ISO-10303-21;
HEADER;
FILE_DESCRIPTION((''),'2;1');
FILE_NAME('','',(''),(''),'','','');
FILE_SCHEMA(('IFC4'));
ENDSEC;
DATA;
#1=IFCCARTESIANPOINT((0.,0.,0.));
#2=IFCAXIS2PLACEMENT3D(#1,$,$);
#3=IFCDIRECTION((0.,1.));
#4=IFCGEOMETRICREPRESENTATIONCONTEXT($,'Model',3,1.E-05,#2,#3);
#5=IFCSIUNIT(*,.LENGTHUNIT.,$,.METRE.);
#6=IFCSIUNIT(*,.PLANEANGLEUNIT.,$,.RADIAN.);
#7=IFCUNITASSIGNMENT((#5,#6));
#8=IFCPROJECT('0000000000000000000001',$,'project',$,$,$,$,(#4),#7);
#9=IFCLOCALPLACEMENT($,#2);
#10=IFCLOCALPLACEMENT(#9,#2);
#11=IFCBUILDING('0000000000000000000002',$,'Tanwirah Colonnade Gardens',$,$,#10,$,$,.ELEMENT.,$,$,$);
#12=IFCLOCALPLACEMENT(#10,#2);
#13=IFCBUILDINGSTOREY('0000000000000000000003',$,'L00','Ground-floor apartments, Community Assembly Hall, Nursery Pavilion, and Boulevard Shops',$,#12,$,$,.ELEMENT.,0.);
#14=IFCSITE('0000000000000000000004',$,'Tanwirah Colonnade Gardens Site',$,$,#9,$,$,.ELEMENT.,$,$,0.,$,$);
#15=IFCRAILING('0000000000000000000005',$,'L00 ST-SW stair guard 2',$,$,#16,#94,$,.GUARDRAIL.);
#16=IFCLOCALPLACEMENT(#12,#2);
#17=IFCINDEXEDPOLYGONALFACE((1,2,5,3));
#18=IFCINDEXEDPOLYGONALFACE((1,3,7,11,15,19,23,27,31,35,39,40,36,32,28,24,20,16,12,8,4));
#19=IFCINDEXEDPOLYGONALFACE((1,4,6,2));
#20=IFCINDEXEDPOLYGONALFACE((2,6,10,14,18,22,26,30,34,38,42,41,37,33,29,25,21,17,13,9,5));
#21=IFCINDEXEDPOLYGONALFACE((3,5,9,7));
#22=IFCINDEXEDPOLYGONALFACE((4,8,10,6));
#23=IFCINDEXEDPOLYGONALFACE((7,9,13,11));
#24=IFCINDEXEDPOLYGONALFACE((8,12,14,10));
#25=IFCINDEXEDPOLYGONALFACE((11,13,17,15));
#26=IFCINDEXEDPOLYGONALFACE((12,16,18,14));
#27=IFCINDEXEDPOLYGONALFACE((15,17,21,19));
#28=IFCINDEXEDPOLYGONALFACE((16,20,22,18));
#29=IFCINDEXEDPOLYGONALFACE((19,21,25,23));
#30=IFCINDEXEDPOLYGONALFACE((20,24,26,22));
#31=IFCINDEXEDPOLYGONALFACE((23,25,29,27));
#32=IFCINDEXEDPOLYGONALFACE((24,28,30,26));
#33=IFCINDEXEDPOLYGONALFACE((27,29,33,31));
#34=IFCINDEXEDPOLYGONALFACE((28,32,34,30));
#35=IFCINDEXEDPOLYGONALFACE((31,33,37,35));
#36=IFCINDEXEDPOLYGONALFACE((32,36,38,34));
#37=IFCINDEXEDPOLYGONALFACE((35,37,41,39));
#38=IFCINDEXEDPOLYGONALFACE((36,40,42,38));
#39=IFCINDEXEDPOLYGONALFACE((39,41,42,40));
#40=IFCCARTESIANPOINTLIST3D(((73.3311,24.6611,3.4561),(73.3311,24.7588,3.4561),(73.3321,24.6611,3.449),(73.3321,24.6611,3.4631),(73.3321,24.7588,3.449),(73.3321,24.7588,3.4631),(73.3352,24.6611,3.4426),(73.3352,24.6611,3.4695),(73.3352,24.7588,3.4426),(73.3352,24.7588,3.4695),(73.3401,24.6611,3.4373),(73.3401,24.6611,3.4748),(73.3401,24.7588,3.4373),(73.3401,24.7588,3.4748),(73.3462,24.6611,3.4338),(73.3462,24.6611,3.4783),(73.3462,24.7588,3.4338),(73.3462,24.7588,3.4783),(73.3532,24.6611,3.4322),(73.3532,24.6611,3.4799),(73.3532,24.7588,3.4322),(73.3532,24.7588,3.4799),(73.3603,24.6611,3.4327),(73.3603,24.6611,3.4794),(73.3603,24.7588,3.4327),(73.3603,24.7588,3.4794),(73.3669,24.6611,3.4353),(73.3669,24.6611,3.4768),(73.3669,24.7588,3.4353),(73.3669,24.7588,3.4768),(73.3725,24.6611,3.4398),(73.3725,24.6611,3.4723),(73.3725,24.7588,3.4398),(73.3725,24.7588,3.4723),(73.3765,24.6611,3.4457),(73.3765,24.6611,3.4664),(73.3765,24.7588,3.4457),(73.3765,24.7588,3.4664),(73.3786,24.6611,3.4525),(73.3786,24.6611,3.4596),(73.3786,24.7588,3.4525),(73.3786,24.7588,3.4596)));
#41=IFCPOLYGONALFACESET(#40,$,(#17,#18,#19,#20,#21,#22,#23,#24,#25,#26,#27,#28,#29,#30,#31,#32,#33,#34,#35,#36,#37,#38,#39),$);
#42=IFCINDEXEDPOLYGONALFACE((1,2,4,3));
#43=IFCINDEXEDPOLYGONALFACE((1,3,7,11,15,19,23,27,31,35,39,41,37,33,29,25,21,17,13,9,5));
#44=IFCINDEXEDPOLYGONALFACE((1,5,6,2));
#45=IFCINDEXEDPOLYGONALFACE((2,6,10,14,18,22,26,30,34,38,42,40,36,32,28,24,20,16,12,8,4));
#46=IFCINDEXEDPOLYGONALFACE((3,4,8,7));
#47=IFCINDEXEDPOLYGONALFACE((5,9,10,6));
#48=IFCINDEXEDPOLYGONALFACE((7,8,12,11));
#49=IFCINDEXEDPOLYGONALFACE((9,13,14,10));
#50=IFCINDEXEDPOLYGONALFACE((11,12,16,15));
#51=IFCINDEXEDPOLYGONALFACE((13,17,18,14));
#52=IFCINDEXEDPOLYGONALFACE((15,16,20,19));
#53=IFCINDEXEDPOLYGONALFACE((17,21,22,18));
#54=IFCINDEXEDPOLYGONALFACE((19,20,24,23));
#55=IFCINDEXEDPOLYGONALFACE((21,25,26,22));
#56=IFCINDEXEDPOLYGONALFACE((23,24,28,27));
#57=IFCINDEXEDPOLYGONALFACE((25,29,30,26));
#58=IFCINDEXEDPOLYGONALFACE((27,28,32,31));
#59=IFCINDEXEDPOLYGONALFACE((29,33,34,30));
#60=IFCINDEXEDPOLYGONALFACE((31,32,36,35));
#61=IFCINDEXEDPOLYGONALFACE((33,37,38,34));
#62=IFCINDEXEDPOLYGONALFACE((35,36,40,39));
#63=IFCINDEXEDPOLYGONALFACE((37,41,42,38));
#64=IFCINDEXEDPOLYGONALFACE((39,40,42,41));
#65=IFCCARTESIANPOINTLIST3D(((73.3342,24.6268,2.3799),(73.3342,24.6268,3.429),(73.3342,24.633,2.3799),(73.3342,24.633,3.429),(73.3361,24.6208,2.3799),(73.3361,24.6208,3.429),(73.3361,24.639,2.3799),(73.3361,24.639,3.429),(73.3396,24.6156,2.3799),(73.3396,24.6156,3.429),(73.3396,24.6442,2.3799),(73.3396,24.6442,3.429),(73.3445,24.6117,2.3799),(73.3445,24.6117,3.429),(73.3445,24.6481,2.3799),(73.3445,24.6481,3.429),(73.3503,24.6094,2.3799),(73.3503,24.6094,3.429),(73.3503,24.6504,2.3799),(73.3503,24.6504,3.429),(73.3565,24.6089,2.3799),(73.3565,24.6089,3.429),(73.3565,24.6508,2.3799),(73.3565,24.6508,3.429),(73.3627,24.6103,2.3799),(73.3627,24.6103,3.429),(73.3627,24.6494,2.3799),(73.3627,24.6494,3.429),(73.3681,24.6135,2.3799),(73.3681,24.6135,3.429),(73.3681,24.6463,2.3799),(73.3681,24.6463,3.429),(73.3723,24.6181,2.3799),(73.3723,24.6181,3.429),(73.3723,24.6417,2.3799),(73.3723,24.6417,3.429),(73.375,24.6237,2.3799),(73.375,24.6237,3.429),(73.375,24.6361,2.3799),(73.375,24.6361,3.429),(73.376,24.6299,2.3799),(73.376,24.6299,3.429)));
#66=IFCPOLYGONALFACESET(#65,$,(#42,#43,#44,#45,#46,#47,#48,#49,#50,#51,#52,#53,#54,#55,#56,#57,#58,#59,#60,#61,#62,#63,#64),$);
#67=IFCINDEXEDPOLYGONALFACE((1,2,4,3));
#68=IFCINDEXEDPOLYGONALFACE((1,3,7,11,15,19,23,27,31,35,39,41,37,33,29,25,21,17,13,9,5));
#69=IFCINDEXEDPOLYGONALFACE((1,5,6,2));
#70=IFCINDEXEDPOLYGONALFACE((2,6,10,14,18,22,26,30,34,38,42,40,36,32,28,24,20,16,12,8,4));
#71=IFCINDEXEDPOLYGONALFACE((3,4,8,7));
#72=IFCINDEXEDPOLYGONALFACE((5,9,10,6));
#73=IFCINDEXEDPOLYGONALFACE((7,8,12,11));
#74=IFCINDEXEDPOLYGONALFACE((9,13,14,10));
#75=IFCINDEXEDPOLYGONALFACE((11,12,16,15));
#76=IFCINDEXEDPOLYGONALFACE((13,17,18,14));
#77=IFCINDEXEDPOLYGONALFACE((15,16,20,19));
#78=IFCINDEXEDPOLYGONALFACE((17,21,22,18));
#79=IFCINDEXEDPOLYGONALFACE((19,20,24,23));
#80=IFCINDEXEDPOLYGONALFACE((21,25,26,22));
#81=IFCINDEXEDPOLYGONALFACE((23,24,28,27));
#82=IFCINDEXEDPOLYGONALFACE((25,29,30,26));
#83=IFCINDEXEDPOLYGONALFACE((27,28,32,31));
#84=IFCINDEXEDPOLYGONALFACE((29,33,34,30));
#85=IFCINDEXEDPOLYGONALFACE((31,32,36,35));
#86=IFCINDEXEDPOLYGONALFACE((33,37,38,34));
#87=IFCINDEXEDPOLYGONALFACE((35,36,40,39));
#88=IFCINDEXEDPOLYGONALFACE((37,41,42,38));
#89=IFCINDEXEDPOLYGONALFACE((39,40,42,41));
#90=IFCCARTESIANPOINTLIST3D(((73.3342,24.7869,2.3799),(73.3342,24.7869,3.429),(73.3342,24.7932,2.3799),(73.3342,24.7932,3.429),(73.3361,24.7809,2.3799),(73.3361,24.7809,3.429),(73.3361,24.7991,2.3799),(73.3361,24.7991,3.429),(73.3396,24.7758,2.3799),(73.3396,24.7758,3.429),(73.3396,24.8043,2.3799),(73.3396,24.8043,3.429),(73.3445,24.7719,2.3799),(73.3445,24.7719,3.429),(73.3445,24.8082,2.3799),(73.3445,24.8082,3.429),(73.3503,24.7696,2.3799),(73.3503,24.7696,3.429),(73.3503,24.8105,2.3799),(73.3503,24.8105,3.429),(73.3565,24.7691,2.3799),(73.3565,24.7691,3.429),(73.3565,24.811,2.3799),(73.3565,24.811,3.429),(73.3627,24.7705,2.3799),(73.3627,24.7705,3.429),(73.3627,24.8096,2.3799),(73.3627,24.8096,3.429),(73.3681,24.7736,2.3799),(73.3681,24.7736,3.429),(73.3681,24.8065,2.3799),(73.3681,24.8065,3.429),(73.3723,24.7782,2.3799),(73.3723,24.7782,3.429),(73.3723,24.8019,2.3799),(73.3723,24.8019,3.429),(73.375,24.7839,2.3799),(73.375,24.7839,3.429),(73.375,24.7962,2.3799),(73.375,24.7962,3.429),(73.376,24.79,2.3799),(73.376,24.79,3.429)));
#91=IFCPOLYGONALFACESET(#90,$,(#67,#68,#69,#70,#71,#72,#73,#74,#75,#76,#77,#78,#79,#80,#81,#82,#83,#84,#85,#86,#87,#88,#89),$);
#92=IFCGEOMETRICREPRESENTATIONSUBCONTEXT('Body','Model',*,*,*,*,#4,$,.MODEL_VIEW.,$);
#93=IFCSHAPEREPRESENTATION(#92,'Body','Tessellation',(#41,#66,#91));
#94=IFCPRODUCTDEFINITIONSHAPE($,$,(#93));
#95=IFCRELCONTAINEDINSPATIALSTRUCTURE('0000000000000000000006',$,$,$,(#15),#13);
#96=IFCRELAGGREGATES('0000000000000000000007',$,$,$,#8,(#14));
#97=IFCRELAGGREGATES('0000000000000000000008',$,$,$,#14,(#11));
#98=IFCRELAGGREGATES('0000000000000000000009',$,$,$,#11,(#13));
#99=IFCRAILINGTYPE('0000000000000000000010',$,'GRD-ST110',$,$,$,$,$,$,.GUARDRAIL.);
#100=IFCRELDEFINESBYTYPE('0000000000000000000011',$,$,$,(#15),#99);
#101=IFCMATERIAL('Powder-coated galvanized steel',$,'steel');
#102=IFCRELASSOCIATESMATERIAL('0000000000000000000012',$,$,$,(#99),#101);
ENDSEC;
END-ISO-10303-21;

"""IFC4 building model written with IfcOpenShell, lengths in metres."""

from ifc_helpers import new_model, si_unit, direction, frame, origin, origin_2d, place, context, subcontext, project, spatial, circle, extrude, material, type_object, element, save


model = new_model("IFC4")

# Units and contexts
model_context = context("Model", 3, precision=1e-05, world=origin(), true_north=direction((0.0, 1.0)))
body_context = subcontext(model_context, "Body", "Model", "MODEL_VIEW")
ifc_project = project(units=[si_unit("LENGTHUNIT", "METRE"), si_unit("PLANEANGLEUNIT", "RADIAN")], contexts=[model_context])

# Site, building, storey
site_placement = place(None, origin())
site = spatial("IfcSite", under=ifc_project, at=site_placement, Name="Tanwirah Colonnade Gardens Site", CompositionType="ELEMENT", RefElevation=0.0)
building_placement = place(site_placement, origin())
building = spatial("IfcBuilding", under=site, at=building_placement, Name="Tanwirah Colonnade Gardens", CompositionType="ELEMENT")
storey_placement = place(building_placement, origin())
storey = spatial("IfcBuildingStorey", under=building, at=storey_placement, Name="L00", Description="Ground-floor apartments, Community Assembly Hall, Nursery Pavilion, and Boulevard Shops", CompositionType="ELEMENT", Elevation=0.0)

# Railing
ifc_material_1 = material(Name="Powder-coated galvanized steel", Category="steel")
railing_type_1 = type_object("IfcRailingType", Name="GRD-ST110", PredefinedType="GUARDRAIL", material=ifc_material_1)
railing_1_placement = place(storey_placement, frame((73.355, 24.6299, 2.3799)))
element("IfcRailing", 1, at=railing_1_placement, inside=storey, type_object=railing_type_1, Name="L00 ST-SW stair guard 2", PredefinedType="GUARDRAIL", context=body_context, shape_type="SweptSolid", body=[
    extrude(circle(Radius=0.0239, at=origin_2d()), frame((0.0, 0.0312, 1.0762), z_axis=(0.0, 1.0, 0.0), x_axis=(-1.0, 0.0, 0.0)), (0.0, 0.0, 1.0), 0.0977),
    extrude(circle(Radius=0.021, at=origin_2d()), origin(), (0.0, 0.0, 1.0), 1.0491),
    extrude(circle(Radius=0.021, at=origin_2d()), frame((0.0, 0.1602, 0.0)), (0.0, 0.0, 1.0), 1.0491),
])

save(model, "model.ifc")
